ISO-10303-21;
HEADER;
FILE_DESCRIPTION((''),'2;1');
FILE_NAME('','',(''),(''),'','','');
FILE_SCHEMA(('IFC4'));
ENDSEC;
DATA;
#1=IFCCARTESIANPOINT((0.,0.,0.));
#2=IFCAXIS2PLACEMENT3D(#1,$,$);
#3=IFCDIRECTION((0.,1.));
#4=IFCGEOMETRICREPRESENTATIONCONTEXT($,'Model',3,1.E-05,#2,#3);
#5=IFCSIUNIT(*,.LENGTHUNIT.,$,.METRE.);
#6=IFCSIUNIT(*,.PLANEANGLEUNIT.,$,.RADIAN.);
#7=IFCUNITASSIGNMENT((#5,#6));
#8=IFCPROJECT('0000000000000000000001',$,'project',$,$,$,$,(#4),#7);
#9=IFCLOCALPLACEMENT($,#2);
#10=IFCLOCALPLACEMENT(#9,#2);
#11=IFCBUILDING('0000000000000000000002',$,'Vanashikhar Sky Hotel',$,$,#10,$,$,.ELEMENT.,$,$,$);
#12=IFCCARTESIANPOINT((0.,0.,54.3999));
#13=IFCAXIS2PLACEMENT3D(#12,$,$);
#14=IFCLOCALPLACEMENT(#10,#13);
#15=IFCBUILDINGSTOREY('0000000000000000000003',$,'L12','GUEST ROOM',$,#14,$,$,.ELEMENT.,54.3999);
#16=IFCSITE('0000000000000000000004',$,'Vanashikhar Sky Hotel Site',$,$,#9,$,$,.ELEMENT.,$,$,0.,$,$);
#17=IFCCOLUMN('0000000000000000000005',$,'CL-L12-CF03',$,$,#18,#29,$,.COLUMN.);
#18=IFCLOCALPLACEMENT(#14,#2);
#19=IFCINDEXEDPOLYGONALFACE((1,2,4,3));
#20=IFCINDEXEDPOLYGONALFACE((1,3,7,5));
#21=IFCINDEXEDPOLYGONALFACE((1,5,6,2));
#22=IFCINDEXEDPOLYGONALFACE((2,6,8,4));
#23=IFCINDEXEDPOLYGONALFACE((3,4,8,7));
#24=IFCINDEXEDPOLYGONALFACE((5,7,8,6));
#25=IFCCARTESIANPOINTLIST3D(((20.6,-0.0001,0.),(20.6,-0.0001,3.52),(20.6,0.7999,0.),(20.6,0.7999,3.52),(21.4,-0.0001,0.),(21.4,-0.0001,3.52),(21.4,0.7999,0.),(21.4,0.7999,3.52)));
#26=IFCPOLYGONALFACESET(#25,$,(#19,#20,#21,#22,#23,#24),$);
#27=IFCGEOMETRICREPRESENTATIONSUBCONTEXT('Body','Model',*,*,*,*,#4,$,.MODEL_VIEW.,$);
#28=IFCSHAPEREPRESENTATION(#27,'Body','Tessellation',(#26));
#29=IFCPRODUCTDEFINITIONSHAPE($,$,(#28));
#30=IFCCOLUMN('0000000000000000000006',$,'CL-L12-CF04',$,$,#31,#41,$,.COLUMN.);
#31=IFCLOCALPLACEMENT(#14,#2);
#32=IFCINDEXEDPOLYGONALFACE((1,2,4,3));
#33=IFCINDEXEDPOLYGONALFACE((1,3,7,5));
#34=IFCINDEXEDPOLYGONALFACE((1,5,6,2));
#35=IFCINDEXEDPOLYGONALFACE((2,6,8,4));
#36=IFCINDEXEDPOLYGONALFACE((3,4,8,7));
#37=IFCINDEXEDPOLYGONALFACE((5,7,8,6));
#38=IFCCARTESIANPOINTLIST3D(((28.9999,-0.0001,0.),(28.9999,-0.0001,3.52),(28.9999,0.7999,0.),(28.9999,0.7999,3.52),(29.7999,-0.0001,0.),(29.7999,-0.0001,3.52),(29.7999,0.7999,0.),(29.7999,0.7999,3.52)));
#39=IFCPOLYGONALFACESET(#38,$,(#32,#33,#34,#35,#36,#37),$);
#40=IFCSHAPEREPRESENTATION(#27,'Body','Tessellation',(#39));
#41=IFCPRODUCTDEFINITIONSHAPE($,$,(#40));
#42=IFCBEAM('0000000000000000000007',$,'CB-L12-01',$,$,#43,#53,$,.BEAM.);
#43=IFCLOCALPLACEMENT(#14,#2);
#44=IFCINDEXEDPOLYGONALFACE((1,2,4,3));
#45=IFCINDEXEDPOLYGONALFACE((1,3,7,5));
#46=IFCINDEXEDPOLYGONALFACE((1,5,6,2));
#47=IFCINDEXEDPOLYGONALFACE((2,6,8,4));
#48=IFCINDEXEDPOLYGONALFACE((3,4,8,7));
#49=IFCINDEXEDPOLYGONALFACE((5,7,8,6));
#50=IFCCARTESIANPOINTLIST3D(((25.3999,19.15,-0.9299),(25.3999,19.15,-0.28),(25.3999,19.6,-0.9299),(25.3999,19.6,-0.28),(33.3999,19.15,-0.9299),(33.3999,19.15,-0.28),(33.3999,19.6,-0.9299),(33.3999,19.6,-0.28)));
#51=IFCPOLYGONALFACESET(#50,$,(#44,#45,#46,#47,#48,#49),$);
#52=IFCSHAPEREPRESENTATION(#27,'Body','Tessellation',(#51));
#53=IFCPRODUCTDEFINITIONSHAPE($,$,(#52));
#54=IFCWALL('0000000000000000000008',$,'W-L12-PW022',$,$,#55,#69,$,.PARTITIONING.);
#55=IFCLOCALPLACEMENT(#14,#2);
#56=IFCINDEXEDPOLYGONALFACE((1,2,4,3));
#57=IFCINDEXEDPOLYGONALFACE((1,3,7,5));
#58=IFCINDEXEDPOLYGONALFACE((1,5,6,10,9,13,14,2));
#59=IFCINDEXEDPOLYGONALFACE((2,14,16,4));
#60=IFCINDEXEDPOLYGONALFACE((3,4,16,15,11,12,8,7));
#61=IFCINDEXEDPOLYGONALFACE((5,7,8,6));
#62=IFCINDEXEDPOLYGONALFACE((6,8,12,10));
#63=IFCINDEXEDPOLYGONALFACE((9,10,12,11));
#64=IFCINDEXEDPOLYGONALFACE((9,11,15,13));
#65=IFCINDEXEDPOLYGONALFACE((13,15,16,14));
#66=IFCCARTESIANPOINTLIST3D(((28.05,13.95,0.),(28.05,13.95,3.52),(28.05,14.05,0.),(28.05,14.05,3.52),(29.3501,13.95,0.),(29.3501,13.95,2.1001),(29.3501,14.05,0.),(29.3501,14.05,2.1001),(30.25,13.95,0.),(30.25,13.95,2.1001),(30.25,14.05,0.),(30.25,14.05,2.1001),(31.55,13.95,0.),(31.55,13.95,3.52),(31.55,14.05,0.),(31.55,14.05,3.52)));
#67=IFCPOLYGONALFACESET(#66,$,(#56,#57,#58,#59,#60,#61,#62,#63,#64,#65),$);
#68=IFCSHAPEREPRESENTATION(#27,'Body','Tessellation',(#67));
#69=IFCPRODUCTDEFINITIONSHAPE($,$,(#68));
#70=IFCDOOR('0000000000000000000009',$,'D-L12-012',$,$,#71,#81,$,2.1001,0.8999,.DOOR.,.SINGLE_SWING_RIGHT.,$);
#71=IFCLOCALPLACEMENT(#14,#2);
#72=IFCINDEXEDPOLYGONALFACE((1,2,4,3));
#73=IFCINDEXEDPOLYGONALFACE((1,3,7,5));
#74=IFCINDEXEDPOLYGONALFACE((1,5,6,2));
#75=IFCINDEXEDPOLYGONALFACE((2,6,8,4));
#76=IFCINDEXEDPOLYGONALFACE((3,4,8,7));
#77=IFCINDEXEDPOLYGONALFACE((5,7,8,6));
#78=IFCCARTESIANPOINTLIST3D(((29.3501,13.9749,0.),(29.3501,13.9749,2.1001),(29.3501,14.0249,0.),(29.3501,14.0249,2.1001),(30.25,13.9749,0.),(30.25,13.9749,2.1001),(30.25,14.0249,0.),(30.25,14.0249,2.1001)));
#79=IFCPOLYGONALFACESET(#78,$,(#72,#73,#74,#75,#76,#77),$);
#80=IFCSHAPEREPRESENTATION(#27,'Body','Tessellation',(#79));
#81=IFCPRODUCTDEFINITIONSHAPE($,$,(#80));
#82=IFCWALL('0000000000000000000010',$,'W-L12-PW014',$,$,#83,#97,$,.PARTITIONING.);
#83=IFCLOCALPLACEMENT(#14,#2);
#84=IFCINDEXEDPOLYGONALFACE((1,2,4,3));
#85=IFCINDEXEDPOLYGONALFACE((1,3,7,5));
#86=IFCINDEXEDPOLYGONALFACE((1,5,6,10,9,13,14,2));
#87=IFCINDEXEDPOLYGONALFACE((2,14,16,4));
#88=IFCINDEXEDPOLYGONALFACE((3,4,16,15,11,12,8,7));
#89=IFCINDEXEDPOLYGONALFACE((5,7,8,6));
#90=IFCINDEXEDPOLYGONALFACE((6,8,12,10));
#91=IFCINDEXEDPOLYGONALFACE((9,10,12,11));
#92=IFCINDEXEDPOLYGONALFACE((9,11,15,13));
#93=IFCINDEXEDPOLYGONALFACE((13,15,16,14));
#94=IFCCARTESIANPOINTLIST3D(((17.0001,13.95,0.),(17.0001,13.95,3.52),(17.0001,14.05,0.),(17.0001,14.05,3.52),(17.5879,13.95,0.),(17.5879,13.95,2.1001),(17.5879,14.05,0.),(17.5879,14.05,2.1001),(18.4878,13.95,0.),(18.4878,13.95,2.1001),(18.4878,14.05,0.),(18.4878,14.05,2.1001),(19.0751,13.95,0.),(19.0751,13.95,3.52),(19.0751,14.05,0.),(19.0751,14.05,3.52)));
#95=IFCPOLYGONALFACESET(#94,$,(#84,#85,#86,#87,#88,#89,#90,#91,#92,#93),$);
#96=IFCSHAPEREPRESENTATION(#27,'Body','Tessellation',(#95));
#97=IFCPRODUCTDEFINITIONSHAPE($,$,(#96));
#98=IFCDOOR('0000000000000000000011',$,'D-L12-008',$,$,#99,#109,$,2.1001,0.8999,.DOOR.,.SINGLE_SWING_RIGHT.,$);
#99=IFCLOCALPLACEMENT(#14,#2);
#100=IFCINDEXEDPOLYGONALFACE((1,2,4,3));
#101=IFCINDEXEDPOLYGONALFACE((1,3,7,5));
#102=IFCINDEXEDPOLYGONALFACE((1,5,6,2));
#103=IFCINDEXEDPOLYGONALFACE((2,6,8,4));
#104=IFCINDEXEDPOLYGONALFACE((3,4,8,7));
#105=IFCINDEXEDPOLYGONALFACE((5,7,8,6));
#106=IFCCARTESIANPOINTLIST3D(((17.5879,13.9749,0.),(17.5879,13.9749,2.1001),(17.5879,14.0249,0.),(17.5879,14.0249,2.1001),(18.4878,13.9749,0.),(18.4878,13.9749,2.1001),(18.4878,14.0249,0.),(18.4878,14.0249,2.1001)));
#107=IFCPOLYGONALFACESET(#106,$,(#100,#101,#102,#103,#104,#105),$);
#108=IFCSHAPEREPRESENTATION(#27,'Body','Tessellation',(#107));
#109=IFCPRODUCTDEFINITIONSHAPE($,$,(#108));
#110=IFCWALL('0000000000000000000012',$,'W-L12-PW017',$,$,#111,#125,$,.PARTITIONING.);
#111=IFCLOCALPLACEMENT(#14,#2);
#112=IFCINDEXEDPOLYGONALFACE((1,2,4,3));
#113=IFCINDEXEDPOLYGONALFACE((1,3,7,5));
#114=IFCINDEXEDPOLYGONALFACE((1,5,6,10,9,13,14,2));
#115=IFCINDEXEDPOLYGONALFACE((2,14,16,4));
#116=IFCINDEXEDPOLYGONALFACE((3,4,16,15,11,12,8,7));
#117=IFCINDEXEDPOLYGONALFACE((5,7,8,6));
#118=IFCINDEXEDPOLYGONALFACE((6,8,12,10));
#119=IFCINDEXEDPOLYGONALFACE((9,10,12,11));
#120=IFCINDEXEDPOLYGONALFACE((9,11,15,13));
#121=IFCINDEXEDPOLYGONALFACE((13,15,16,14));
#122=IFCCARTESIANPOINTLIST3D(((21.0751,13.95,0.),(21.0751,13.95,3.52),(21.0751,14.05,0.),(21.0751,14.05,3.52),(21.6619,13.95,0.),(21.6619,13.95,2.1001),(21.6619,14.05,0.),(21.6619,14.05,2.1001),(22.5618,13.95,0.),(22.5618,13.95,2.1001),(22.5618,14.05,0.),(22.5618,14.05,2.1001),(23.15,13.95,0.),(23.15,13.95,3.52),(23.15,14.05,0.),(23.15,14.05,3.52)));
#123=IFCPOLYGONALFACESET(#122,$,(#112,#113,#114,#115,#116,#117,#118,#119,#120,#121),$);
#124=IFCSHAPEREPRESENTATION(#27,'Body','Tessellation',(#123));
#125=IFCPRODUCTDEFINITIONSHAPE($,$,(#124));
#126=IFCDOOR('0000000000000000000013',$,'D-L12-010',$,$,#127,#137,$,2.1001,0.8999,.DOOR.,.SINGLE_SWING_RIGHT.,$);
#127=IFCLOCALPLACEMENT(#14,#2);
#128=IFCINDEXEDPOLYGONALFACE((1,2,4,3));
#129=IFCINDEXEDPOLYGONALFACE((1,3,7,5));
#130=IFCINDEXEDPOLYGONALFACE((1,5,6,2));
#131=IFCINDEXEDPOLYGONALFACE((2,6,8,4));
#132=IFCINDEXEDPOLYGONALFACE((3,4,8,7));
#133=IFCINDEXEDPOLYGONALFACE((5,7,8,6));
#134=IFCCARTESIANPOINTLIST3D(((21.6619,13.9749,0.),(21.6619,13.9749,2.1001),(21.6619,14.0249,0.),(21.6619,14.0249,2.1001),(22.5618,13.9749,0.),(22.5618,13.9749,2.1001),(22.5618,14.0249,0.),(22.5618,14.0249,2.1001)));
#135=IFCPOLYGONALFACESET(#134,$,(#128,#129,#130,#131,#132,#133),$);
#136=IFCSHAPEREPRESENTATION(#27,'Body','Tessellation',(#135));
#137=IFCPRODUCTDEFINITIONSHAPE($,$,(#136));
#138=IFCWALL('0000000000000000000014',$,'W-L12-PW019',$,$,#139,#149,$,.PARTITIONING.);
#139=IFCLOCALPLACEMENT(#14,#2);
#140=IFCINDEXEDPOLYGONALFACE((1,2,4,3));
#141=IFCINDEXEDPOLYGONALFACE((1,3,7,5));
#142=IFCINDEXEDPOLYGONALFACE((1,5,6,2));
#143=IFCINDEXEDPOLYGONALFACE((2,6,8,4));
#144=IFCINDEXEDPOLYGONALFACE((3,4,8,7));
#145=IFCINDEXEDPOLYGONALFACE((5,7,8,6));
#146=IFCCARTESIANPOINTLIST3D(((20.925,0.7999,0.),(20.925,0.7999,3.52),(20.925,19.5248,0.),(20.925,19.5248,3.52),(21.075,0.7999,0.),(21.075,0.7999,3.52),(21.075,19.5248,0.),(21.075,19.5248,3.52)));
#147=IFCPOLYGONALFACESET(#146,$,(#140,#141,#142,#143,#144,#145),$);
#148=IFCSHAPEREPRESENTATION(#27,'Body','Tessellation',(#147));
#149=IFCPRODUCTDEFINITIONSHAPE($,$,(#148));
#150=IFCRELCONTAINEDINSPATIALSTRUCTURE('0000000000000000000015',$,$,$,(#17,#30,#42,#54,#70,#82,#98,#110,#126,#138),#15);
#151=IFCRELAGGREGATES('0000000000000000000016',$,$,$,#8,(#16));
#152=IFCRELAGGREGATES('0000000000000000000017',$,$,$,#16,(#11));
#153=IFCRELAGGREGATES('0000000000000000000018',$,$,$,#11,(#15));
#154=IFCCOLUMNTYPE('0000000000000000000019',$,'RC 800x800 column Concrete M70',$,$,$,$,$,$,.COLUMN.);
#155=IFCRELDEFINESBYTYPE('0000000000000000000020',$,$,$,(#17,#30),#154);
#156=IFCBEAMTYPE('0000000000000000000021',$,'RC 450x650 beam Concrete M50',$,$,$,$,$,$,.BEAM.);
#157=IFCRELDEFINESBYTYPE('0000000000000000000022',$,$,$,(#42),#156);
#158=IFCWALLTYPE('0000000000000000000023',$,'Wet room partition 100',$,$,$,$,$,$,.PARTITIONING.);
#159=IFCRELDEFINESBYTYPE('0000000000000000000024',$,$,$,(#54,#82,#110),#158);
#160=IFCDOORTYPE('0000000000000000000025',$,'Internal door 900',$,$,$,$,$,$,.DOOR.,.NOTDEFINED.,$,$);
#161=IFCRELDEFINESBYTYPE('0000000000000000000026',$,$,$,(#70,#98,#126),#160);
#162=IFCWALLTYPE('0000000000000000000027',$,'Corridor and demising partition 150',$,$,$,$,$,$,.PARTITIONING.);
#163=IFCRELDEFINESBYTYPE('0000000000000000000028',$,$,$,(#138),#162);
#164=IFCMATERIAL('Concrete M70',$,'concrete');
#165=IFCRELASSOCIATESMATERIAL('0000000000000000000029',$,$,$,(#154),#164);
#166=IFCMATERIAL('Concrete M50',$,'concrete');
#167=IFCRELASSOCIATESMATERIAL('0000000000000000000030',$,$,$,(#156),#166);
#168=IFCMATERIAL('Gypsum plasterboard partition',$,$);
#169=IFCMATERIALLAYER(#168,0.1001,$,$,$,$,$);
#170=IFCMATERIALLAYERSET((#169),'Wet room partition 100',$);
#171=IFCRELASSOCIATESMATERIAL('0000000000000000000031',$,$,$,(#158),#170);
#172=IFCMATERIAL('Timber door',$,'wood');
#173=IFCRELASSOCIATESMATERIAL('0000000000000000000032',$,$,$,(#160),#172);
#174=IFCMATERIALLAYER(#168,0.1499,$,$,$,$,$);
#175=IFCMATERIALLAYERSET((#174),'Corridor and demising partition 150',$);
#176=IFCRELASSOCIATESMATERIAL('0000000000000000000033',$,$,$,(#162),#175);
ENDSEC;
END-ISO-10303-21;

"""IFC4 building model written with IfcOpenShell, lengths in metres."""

from ifc_helpers import new_model, si_unit, direction, frame, frame_2d, origin, origin_2d, place, context, subcontext, project, spatial, rectangle, extrude, source, transform, mapped, material, layer, layer_set, material_profile, profile_set, type_object, element, fill, save


model = new_model("IFC4")

# Units and contexts
model_context = context("Model", 3, precision=1e-05, world=origin(), true_north=direction((0.0, 1.0)))
body_context = subcontext(model_context, "Body", "Model", "MODEL_VIEW")
ifc_project = project(units=[si_unit("LENGTHUNIT", "METRE"), si_unit("PLANEANGLEUNIT", "RADIAN")], contexts=[model_context])

# Site, building, storey
site_placement = place(None, origin())
site = spatial("IfcSite", under=ifc_project, at=site_placement, Name="Vanashikhar Sky Hotel Site", CompositionType="ELEMENT", RefElevation=0.0)
building_placement = place(site_placement, origin())
building = spatial("IfcBuilding", under=site, at=building_placement, Name="Vanashikhar Sky Hotel", CompositionType="ELEMENT")
storey_placement = place(building_placement, frame((0.0, 0.0, 54.3999)))
storey = spatial("IfcBuildingStorey", under=building, at=storey_placement, Name="L12", Description="GUEST ROOM", CompositionType="ELEMENT", Elevation=54.3999)

# Columns
ifc_material_1 = material(Name="Concrete M70", Category="concrete")
ifc_material_profile_1 = material_profile(ifc_material_1, rectangle(XDim=0.8, YDim=0.8, at=origin_2d()))
ifc_profile_set_1 = profile_set([ifc_material_profile_1], Name="RC 800x800 column Concrete M70")
column_type = type_object("IfcColumnType", Name="RC 800x800 column Concrete M70", PredefinedType="COLUMN", material=ifc_profile_set_1)
shared_shape_1 = source(origin(), body_context, "Body", "SweptSolid", [
    extrude(rectangle(XDim=0.8, YDim=0.8, at=origin_2d()), origin(), (0.0, 0.0, 1.0), 3.52),
])
for number, where, z_axis, x_axis, name in (
    (1, (21.0, 0.3999, 0.0), (0.0, 0.0, 1.0), (1.0, 0.0, 0.0), "CL-L12-CF03"),
    (2, (29.3999, 0.3999, 0.0), (0.0, 0.0, 1.0), (1.0, 0.0, 0.0), "CL-L12-CF04"),
):
    element("IfcColumn", number, at=place(storey_placement, frame(where, z_axis=z_axis, x_axis=x_axis)), inside=storey, type_object=column_type, Name=name, PredefinedType="COLUMN", context=body_context, shape_type="MappedRepresentation", body=[
        mapped(shared_shape_1, transform((0.0, 0.0, 0.0), scale=1.0)),
    ])

# Beam
ifc_material_2 = material(Name="Concrete M50", Category="concrete")
ifc_material_profile_2 = material_profile(ifc_material_2, rectangle(XDim=0.45, YDim=0.6499, at=origin_2d()))
ifc_profile_set_2 = profile_set([ifc_material_profile_2], Name="RC 450x650 beam Concrete M50")
beam_type = type_object("IfcBeamType", Name="RC 450x650 beam Concrete M50", PredefinedType="BEAM", material=ifc_profile_set_2)
shared_shape_2 = source(origin(), body_context, "Body", "SweptSolid", [
    extrude(rectangle(XDim=0.45, YDim=0.6499, at=origin_2d()), origin(), (0.0, 0.0, 1.0), 8.0),
])
beam_placement = place(storey_placement, frame((25.3999, 19.375, -0.605), z_axis=(1.0, 0.0, 0.0), x_axis=(0.0, 1.0, 0.0)))
element("IfcBeam", 3, at=beam_placement, inside=storey, type_object=beam_type, Name="CB-L12-01", PredefinedType="BEAM", context=body_context, shape_type="MappedRepresentation", body=[
    mapped(shared_shape_2, transform((0.0, 0.0, 0.0), scale=1.0)),
])

# Walls, openings, doors
ifc_material_3 = material(Name="Gypsum plasterboard partition")
ifc_layer_1 = layer(ifc_material_3, 0.1001)
ifc_layer_set_1 = layer_set([ifc_layer_1], Name="Wet room partition 100")
wall_type_1 = type_object("IfcWallType", Name="Wet room partition 100", PredefinedType="PARTITIONING", material=ifc_layer_set_1)
shared_shape_3 = source(origin(), body_context, "Body", "SweptSolid", [
    extrude(rectangle(XDim=3.5, YDim=0.1001, at=frame_2d((1.75, 0.0))), origin(), (0.0, 0.0, 1.0), 3.52),
])
wall_1_placement = place(storey_placement, frame((28.05, 14.0, 0.0), z_axis=(0.0, 0.0, 1.0), x_axis=(1.0, 0.0, 0.0)))
wall_1 = element("IfcWall", 4, at=wall_1_placement, inside=storey, type_object=wall_type_1, Name="W-L12-PW022", PredefinedType="PARTITIONING", context=body_context, shape_type="MappedRepresentation", body=[
    mapped(shared_shape_3, transform((0.0, 0.0, 0.0), scale=1.0)),
])
shared_shape_4 = source(origin(), body_context, "Body", "SweptSolid", [
    extrude(rectangle(XDim=0.8999, YDim=2.1001, at=frame_2d((0.45, 1.05))), frame((0.0, 0.0601, 0.0), z_axis=(0.0, -1.0, 0.0), x_axis=(1.0, 0.0, 0.0)), (0.0, 0.0, 1.0), 0.1201),
])
opening_1_placement = place(wall_1_placement, frame((1.3, 0.0, 0.0)))
opening_1 = element("IfcOpeningElement", 5, at=opening_1_placement, cuts=wall_1, PredefinedType="OPENING", context=body_context, shape_type="MappedRepresentation", body=[
    mapped(shared_shape_4, transform((0.0, 0.0, 0.0), scale=1.0)),
])
ifc_material_4 = material(Name="Timber door", Category="wood")
door_type_1 = type_object("IfcDoorType", Name="Internal door 900", OperationType="NOTDEFINED", PredefinedType="DOOR", material=ifc_material_4)
shared_shape_5 = source(origin(), body_context, "Body", "SweptSolid", [
    extrude(rectangle(XDim=0.8999, YDim=2.1001, at=frame_2d((0.45, 1.05))), frame((0.0, 0.0249, 0.0), z_axis=(0.0, -1.0, 0.0), x_axis=(1.0, 0.0, 0.0)), (0.0, 0.0, 1.0), 0.05),
])
door_1_placement = place(opening_1_placement, origin())
door_1 = element("IfcDoor", 6, at=door_1_placement, inside=storey, type_object=door_type_1, Name="D-L12-012", OperationType="SINGLE_SWING_RIGHT", OverallHeight=2.1001, OverallWidth=0.8999, PredefinedType="DOOR", context=body_context, shape_type="MappedRepresentation", body=[
    mapped(shared_shape_5, transform((0.0, 0.0, 0.0), scale=1.0)),
])
fill(opening_1, door_1)
shared_shape_6 = source(origin(), body_context, "Body", "SweptSolid", [
    extrude(rectangle(XDim=2.075, YDim=0.1001, at=frame_2d((1.0376, 0.0))), origin(), (0.0, 0.0, 1.0), 3.52),
])
wall_2_placement = place(storey_placement, frame((17.0, 14.0, 0.0), z_axis=(0.0, 0.0, 1.0), x_axis=(1.0, 0.0, 0.0)))
wall_2 = element("IfcWall", 7, at=wall_2_placement, inside=storey, type_object=wall_type_1, Name="W-L12-PW014", PredefinedType="PARTITIONING", context=body_context, shape_type="MappedRepresentation", body=[
    mapped(shared_shape_6, transform((0.0, 0.0, 0.0), scale=1.0)),
])
opening_2_placement = place(wall_2_placement, frame((0.5879, 0.0, 0.0)))
opening_2 = element("IfcOpeningElement", 8, at=opening_2_placement, cuts=wall_2, PredefinedType="OPENING", context=body_context, shape_type="MappedRepresentation", body=[
    mapped(shared_shape_4, transform((0.0, 0.0, 0.0), scale=1.0)),
])
door_2_placement = place(opening_2_placement, origin())
door_2 = element("IfcDoor", 9, at=door_2_placement, inside=storey, type_object=door_type_1, Name="D-L12-008", OperationType="SINGLE_SWING_RIGHT", OverallHeight=2.1001, OverallWidth=0.8999, PredefinedType="DOOR", context=body_context, shape_type="MappedRepresentation", body=[
    mapped(shared_shape_5, transform((0.0, 0.0, 0.0), scale=1.0)),
])
fill(opening_2, door_2)
wall_3_placement = place(storey_placement, frame((21.075, 14.0, 0.0), z_axis=(0.0, 0.0, 1.0), x_axis=(1.0, 0.0, 0.0)))
wall_3 = element("IfcWall", 10, at=wall_3_placement, inside=storey, type_object=wall_type_1, Name="W-L12-PW017", PredefinedType="PARTITIONING", context=body_context, shape_type="MappedRepresentation", body=[
    mapped(shared_shape_6, transform((0.0, 0.0, 0.0), scale=1.0)),
])
opening_3_placement = place(wall_3_placement, frame((0.5869, 0.0, 0.0)))
opening_3 = element("IfcOpeningElement", 11, at=opening_3_placement, cuts=wall_3, PredefinedType="OPENING", context=body_context, shape_type="MappedRepresentation", body=[
    mapped(shared_shape_4, transform((0.0, 0.0, 0.0), scale=1.0)),
])
door_3_placement = place(opening_3_placement, origin())
door_3 = element("IfcDoor", 12, at=door_3_placement, inside=storey, type_object=door_type_1, Name="D-L12-010", OperationType="SINGLE_SWING_RIGHT", OverallHeight=2.1001, OverallWidth=0.8999, PredefinedType="DOOR", context=body_context, shape_type="MappedRepresentation", body=[
    mapped(shared_shape_5, transform((0.0, 0.0, 0.0), scale=1.0)),
])
fill(opening_3, door_3)

# Wall
ifc_layer_2 = layer(ifc_material_3, 0.1499)
ifc_layer_set_2 = layer_set([ifc_layer_2], Name="Corridor and demising partition 150")
wall_type_2 = type_object("IfcWallType", Name="Corridor and demising partition 150", PredefinedType="PARTITIONING", material=ifc_layer_set_2)
shared_shape_7 = source(origin(), body_context, "Body", "SweptSolid", [
    extrude(rectangle(XDim=18.7249, YDim=0.1499, at=frame_2d((9.3623, 0.0))), origin(), (0.0, 0.0, 1.0), 3.52),
])
wall_4_placement = place(storey_placement, frame((21.0, 0.8, 0.0), z_axis=(0.0, 0.0, 1.0), x_axis=(0.0, 1.0, 0.0)))
element("IfcWall", 13, at=wall_4_placement, inside=storey, type_object=wall_type_2, Name="W-L12-PW019", PredefinedType="PARTITIONING", context=body_context, shape_type="MappedRepresentation", body=[
    mapped(shared_shape_7, transform((0.0, 0.0, 0.0), scale=1.0)),
])

save(model, "model.ifc")
